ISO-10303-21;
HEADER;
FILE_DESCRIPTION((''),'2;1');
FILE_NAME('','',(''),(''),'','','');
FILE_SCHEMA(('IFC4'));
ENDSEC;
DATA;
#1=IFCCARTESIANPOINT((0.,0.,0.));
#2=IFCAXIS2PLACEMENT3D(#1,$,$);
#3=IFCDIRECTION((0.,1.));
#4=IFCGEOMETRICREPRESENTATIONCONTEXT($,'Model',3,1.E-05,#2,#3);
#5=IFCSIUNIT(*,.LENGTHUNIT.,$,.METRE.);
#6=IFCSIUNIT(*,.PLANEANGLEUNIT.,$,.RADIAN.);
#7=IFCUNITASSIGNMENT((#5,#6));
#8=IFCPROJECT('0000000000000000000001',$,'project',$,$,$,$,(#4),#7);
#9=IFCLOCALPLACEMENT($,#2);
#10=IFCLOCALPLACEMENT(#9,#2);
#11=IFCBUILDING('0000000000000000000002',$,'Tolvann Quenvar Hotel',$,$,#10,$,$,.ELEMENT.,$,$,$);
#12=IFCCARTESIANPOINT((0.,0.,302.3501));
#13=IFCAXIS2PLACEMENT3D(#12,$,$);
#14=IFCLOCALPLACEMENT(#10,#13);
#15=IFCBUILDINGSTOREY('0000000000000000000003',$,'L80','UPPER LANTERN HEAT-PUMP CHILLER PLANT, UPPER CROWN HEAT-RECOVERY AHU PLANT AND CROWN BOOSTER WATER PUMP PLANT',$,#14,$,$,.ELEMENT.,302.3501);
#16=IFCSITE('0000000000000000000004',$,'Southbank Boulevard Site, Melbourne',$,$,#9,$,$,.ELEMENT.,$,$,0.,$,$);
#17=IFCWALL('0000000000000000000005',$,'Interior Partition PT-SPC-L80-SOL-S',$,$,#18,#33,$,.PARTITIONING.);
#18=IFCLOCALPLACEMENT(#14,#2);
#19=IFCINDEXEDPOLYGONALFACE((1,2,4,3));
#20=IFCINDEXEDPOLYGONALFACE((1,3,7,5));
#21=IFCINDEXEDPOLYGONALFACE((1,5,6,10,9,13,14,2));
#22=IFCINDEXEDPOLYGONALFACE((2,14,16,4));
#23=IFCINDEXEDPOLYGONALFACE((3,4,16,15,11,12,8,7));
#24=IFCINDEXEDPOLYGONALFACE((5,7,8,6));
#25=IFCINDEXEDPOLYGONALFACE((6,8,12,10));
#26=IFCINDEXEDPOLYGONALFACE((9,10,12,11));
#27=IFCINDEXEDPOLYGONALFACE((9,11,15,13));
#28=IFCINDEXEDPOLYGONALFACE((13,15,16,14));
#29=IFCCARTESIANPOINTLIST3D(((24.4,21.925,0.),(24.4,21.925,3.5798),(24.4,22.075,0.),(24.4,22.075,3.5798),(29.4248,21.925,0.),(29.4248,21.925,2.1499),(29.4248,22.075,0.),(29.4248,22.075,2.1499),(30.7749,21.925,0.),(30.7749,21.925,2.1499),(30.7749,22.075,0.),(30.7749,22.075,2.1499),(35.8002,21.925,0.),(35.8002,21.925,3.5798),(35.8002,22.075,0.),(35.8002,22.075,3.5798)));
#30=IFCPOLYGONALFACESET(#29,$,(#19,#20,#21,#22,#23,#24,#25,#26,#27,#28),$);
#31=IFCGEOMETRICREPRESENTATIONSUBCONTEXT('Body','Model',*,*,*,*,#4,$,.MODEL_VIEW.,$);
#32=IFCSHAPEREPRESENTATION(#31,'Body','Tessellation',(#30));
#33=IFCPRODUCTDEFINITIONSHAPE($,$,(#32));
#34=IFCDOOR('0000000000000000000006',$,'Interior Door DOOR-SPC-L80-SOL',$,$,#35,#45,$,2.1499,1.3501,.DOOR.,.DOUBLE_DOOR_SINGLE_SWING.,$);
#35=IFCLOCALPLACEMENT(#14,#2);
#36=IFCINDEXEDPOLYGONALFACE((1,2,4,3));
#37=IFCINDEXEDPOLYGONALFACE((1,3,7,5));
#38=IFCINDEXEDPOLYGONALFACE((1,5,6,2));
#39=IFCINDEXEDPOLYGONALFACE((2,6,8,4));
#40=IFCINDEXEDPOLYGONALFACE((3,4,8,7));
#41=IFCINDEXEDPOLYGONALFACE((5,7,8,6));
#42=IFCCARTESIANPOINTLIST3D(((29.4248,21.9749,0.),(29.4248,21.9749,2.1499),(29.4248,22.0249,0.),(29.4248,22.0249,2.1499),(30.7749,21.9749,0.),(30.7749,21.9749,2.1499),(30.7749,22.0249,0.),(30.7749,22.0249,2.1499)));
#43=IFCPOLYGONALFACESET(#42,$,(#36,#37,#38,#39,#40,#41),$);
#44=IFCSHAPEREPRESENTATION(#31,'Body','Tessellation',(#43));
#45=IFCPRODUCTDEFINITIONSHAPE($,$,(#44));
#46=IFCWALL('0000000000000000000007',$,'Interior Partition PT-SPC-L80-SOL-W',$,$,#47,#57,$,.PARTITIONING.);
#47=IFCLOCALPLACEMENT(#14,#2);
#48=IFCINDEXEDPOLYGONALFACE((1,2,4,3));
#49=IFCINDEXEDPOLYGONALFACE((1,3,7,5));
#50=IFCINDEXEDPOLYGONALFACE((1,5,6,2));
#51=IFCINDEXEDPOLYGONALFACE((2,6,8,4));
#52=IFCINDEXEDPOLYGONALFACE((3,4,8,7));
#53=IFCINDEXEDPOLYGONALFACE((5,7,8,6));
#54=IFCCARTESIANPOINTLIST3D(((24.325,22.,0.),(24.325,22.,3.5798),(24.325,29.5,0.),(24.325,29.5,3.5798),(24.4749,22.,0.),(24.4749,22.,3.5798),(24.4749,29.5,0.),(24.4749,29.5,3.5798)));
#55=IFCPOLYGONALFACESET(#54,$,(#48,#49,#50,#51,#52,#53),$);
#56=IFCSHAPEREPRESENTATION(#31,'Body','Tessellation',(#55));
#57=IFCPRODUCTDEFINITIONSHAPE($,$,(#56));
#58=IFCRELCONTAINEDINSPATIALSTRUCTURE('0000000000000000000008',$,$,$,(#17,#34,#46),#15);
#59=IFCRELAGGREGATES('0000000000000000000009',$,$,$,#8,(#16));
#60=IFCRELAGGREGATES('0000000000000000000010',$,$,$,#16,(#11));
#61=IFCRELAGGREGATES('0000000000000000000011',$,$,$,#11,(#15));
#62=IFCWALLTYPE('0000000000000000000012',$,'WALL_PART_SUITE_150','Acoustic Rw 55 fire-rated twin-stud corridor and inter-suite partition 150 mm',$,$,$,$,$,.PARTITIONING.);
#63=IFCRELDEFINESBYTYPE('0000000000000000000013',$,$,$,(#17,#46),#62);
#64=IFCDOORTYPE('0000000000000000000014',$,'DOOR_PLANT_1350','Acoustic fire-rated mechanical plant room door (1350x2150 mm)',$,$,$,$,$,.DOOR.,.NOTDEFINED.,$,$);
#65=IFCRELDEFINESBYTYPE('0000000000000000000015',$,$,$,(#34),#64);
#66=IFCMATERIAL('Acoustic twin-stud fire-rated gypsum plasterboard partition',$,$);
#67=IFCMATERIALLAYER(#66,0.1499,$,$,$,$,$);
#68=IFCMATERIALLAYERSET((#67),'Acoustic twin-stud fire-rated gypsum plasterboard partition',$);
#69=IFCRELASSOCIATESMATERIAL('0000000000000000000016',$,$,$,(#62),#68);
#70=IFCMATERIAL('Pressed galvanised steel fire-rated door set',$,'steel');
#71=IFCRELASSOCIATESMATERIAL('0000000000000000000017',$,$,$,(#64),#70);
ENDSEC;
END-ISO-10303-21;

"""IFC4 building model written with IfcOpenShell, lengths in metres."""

from ifc_helpers import new_model, si_unit, direction, frame, frame_2d, origin, place, context, subcontext, project, spatial, rectangle, extrude, source, transform, mapped, material, layer, layer_set, type_object, type_shapes, element, fill, save


model = new_model("IFC4")

# Units and contexts
model_context = context("Model", 3, precision=1e-05, world=origin(), true_north=direction((0.0, 1.0)))
body_context = subcontext(model_context, "Body", "Model", "MODEL_VIEW")
ifc_project = project(units=[si_unit("LENGTHUNIT", "METRE"), si_unit("PLANEANGLEUNIT", "RADIAN")], contexts=[model_context])

# Site, building, storey
site_placement = place(None, origin())
site = spatial("IfcSite", under=ifc_project, at=site_placement, Name="Southbank Boulevard Site, Melbourne", CompositionType="ELEMENT", RefElevation=0.0)
building_placement = place(site_placement, origin())
building = spatial("IfcBuilding", under=site, at=building_placement, Name="Tolvann Quenvar Hotel", CompositionType="ELEMENT")
storey_placement = place(building_placement, frame((0.0, 0.0, 302.3501)))
storey = spatial("IfcBuildingStorey", under=building, at=storey_placement, Name="L80", Description="UPPER LANTERN HEAT-PUMP CHILLER PLANT, UPPER CROWN HEAT-RECOVERY AHU PLANT AND CROWN BOOSTER WATER PUMP PLANT", CompositionType="ELEMENT", Elevation=302.3501)

# Shared definitions
ifc_material_1 = material(Name="Acoustic twin-stud fire-rated gypsum plasterboard partition")
ifc_layer_1 = layer(ifc_material_1, 0.1499)
ifc_layer_set_1 = layer_set([ifc_layer_1], Name="Acoustic twin-stud fire-rated gypsum plasterboard partition")
wall_type = type_object("IfcWallType", Name="WALL_PART_SUITE_150", Description="Acoustic Rw 55 fire-rated twin-stud corridor and inter-suite partition 150 mm", PredefinedType="PARTITIONING", material=ifc_layer_set_1)

# Shared definitions
ifc_material_2 = material(Name="Pressed galvanised steel fire-rated door set", Category="steel")
door_type = type_object("IfcDoorType", Name="DOOR_PLANT_1350", Description="Acoustic fire-rated mechanical plant room door (1350x2150 mm)", OperationType="NOTDEFINED", PredefinedType="DOOR", material=ifc_material_2)
shared_shape_1 = source(origin(), body_context, "Body", "SweptSolid", [
    extrude(rectangle(XDim=1.3501, YDim=2.1499, at=frame_2d((0.675, 1.075))), frame((0.0, 0.0249, 0.0), z_axis=(0.0, -1.0, 0.0), x_axis=(1.0, 0.0, 0.0)), (0.0, 0.0, 1.0), 0.05),
])
type_shapes(door_type, [shared_shape_1])

# Wall, opening, door
wall_1_placement = place(storey_placement, frame((24.3999, 22.0, 0.0), z_axis=(0.0, 0.0, 1.0), x_axis=(1.0, 0.0, 0.0)))
wall_1 = element("IfcWall", 1, at=wall_1_placement, inside=storey, type_object=wall_type, Name="Interior Partition PT-SPC-L80-SOL-S", PredefinedType="PARTITIONING", context=body_context, shape_type="SweptSolid", body=[
    extrude(rectangle(XDim=11.4001, YDim=0.1499, at=frame_2d((5.7002, 0.0))), origin(), (0.0, 0.0, 1.0), 3.5798),
])
opening_1_placement = place(wall_1_placement, frame((5.0249, 0.0, 0.0)))
opening_1 = element("IfcOpeningElement", 2, at=opening_1_placement, cuts=wall_1, PredefinedType="OPENING", context=body_context, shape_type="SweptSolid", body=[
    extrude(rectangle(XDim=1.3501, YDim=2.1499, at=frame_2d((0.675, 1.075))), frame((0.0, 0.085, 0.0), z_axis=(0.0, -1.0, 0.0), x_axis=(1.0, 0.0, 0.0)), (0.0, 0.0, 1.0), 0.1699),
])
door_1_placement = place(opening_1_placement, origin())
door_1 = element("IfcDoor", 3, at=door_1_placement, inside=storey, type_object=door_type, Name="Interior Door DOOR-SPC-L80-SOL", OperationType="DOUBLE_DOOR_SINGLE_SWING", OverallHeight=2.1499, OverallWidth=1.3501, PredefinedType="DOOR", context=body_context, shape_type="MappedRepresentation", body=[
    mapped(shared_shape_1, transform((0.0, 0.0, 0.0), x_axis=(1.0, 0.0, 0.0), y_axis=(0.0, 1.0, 0.0), z_axis=(0.0, 0.0, 1.0), scale=1.0)),
])
fill(opening_1, door_1)

# Wall
wall_2_placement = place(storey_placement, frame((24.3999, 22.0, 0.0), z_axis=(0.0, 0.0, 1.0), x_axis=(0.0, 1.0, 0.0)))
element("IfcWall", 4, at=wall_2_placement, inside=storey, type_object=wall_type, Name="Interior Partition PT-SPC-L80-SOL-W", PredefinedType="PARTITIONING", context=body_context, shape_type="SweptSolid", body=[
    extrude(rectangle(XDim=7.5, YDim=0.1499, at=frame_2d((3.75, 0.0))), origin(), (0.0, 0.0, 1.0), 3.5798),
])

save(model, "model.ifc")
